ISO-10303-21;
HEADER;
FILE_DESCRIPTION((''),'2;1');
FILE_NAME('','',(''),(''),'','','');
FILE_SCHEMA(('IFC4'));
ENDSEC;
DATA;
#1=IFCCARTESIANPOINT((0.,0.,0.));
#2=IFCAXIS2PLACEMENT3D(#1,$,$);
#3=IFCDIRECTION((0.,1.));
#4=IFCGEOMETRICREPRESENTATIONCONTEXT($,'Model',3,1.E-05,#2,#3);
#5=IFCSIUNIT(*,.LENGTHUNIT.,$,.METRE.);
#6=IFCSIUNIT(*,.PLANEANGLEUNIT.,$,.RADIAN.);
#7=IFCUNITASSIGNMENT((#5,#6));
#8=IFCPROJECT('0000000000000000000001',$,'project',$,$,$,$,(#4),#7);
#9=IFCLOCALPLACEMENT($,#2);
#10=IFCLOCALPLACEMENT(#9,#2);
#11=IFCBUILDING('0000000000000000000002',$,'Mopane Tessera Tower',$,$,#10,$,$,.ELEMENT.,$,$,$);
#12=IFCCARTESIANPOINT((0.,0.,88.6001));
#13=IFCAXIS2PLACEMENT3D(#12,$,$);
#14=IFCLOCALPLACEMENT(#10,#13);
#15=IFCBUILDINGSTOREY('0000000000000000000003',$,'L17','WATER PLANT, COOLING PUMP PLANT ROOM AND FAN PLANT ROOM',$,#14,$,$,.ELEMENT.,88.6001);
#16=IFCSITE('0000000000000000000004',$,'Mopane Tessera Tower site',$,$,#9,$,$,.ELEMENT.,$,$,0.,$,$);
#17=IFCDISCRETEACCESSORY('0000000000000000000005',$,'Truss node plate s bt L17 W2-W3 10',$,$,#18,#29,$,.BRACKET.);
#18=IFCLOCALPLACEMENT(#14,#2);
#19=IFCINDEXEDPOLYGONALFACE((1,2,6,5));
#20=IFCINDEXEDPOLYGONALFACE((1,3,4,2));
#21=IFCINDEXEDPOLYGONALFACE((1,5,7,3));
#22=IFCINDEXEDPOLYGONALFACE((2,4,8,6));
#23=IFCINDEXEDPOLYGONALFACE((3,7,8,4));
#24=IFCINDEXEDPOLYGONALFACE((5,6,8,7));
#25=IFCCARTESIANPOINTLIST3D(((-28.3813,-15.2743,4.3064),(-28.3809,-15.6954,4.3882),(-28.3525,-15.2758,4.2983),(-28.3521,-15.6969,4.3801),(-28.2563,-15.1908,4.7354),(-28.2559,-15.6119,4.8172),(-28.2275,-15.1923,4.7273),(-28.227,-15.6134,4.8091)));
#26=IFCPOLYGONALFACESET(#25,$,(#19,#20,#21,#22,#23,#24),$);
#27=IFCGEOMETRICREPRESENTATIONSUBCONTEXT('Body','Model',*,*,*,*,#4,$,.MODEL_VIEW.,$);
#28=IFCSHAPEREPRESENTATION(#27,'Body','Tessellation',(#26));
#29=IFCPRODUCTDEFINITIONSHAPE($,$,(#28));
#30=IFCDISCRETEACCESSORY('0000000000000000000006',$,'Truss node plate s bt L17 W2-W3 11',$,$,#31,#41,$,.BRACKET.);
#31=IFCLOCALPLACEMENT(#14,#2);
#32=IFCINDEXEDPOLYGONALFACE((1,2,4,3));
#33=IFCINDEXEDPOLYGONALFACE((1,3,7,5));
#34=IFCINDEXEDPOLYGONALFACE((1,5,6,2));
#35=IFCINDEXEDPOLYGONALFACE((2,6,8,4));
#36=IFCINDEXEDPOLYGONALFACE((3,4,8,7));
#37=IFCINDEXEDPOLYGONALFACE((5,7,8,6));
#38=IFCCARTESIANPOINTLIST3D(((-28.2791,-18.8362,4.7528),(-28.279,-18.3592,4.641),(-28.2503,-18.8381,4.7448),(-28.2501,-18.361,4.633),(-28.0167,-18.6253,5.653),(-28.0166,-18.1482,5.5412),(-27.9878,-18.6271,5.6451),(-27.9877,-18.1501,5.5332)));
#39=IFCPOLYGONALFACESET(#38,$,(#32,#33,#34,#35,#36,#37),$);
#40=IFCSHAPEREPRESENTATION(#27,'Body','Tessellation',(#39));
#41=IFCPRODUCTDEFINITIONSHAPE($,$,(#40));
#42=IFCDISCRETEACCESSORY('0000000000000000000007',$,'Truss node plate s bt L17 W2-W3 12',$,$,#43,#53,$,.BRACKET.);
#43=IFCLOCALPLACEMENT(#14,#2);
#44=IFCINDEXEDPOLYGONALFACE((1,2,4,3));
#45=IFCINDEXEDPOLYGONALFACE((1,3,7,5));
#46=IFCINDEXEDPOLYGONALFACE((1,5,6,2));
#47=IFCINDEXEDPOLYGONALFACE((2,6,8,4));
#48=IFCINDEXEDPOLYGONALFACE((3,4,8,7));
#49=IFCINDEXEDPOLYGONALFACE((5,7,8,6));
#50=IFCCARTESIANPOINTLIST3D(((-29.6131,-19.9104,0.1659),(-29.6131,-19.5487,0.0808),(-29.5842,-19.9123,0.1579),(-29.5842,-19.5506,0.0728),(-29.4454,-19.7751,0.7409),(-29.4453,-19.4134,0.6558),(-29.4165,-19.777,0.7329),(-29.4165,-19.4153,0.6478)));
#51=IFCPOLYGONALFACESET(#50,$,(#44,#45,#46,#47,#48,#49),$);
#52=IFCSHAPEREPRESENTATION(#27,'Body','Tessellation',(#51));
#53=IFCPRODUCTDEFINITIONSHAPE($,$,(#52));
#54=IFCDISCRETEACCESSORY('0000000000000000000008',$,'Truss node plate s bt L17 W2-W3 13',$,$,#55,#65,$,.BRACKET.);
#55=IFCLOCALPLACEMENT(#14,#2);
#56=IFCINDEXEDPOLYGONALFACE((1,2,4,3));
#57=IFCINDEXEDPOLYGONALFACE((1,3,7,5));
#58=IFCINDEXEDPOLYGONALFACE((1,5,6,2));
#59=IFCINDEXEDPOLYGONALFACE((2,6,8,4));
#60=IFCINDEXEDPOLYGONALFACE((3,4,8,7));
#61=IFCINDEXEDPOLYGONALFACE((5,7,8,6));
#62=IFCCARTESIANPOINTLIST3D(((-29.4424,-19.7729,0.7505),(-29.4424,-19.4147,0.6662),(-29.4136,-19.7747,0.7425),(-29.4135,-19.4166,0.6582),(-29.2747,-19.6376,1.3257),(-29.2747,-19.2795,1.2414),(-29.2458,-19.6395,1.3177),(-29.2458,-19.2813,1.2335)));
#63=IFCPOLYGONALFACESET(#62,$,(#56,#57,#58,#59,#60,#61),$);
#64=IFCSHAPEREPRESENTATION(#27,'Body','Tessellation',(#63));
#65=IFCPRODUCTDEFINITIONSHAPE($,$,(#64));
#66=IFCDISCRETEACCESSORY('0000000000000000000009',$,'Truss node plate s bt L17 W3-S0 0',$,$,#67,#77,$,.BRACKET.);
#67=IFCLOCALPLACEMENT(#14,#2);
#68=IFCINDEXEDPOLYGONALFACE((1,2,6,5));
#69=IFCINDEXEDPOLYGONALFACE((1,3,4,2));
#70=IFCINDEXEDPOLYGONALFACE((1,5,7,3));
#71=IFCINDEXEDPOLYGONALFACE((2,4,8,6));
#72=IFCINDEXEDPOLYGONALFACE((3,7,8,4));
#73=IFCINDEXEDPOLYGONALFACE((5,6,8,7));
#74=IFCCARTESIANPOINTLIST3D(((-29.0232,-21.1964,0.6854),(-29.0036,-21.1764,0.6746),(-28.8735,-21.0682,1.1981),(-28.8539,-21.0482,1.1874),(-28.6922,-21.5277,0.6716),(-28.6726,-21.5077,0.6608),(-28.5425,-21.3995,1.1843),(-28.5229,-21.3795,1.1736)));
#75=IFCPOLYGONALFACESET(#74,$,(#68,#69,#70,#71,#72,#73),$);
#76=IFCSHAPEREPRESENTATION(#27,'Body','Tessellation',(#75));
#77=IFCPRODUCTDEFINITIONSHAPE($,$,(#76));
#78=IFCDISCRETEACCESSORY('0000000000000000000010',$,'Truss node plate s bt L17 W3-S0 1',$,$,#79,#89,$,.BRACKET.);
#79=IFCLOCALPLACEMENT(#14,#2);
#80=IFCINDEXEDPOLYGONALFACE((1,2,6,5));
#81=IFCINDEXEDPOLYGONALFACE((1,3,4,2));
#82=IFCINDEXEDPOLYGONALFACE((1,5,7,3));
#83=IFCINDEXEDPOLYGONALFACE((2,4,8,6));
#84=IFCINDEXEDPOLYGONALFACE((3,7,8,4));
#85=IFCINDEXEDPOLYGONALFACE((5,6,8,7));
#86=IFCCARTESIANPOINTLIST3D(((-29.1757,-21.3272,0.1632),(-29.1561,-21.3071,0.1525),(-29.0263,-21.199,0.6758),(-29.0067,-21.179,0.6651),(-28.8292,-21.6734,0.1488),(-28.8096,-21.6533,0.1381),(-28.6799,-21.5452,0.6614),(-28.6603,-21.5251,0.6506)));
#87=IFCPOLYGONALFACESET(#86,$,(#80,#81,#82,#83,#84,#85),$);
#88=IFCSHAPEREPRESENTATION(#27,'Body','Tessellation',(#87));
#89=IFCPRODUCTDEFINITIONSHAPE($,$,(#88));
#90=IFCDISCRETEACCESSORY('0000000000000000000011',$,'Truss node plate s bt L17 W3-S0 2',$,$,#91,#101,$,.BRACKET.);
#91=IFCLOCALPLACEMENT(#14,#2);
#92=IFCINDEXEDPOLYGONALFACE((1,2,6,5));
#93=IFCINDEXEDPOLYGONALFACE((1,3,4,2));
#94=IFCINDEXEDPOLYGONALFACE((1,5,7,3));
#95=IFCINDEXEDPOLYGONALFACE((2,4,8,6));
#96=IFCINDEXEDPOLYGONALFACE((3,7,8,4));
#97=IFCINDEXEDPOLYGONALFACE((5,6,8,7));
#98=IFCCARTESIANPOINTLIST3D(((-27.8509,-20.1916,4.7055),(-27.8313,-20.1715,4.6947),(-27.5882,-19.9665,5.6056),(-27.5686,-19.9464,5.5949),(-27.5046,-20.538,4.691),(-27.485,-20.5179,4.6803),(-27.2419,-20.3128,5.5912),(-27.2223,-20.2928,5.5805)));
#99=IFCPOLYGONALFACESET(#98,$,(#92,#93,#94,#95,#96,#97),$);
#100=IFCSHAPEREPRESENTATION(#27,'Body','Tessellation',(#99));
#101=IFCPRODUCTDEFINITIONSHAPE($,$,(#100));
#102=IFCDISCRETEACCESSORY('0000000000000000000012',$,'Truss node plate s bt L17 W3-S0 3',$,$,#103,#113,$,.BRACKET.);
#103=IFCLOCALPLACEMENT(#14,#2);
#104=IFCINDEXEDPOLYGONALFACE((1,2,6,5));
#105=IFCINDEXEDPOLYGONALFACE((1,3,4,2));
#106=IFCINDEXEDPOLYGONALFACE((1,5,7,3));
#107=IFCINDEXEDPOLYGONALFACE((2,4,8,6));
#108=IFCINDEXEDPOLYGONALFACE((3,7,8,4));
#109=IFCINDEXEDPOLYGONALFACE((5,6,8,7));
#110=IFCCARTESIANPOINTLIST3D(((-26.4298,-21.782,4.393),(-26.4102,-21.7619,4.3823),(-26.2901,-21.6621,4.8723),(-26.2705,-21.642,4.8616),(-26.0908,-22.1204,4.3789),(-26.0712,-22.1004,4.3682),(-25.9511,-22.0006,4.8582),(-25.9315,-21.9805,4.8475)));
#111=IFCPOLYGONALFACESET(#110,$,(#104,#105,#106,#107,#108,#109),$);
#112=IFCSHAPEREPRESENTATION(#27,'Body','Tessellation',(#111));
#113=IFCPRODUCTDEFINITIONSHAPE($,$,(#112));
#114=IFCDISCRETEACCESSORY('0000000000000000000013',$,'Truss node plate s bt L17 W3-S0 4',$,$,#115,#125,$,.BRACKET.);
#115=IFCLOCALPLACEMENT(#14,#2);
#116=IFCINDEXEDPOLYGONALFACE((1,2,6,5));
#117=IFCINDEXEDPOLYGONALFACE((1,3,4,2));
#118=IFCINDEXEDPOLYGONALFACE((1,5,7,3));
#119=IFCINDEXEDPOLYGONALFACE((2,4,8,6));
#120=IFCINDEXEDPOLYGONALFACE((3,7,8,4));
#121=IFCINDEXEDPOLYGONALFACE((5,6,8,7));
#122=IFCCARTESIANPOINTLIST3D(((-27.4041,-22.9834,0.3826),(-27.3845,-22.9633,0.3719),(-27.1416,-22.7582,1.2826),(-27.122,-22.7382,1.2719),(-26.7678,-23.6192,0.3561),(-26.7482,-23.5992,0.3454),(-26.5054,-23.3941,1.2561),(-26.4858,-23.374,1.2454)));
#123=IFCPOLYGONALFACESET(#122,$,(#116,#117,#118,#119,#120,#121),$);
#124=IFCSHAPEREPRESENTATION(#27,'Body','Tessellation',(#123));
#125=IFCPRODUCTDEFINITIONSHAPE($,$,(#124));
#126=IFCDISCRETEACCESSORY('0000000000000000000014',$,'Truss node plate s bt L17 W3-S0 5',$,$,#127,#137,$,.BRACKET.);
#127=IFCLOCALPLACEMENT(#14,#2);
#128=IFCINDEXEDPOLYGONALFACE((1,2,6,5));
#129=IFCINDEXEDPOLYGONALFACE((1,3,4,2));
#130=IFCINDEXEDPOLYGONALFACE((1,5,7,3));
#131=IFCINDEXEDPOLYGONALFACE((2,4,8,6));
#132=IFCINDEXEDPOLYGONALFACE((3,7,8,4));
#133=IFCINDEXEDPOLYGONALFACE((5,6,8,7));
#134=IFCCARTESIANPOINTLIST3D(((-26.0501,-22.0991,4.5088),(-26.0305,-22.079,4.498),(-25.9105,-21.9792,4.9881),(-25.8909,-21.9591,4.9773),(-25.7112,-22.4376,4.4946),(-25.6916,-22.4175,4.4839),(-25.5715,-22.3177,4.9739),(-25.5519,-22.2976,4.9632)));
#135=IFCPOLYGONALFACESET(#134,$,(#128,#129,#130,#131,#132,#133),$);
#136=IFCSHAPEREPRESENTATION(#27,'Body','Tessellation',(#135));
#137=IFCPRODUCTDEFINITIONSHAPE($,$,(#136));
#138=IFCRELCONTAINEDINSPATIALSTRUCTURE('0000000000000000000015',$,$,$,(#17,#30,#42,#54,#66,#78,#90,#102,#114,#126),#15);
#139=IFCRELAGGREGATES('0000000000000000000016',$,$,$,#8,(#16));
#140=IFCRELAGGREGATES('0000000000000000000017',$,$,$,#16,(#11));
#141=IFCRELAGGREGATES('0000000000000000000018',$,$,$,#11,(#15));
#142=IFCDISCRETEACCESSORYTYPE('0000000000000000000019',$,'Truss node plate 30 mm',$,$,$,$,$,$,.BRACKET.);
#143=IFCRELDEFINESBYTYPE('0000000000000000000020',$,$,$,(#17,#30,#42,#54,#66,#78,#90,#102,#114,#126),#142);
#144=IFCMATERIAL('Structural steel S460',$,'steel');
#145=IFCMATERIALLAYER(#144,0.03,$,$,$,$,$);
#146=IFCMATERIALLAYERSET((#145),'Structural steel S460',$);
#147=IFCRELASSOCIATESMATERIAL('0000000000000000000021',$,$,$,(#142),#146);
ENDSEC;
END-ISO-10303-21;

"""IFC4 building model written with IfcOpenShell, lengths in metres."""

from ifc_helpers import new_model, si_unit, direction, frame, origin, origin_2d, place, context, subcontext, project, spatial, rectangle, extrude, material, layer, layer_set, type_object, element, save


model = new_model("IFC4")

# Units and contexts
model_context = context("Model", 3, precision=1e-05, world=origin(), true_north=direction((0.0, 1.0)))
body_context = subcontext(model_context, "Body", "Model", "MODEL_VIEW")
ifc_project = project(units=[si_unit("LENGTHUNIT", "METRE"), si_unit("PLANEANGLEUNIT", "RADIAN")], contexts=[model_context])

# Site, building, storey
site_placement = place(None, origin())
site = spatial("IfcSite", under=ifc_project, at=site_placement, Name="Mopane Tessera Tower site", CompositionType="ELEMENT", RefElevation=0.0)
building_placement = place(site_placement, origin())
building = spatial("IfcBuilding", under=site, at=building_placement, Name="Mopane Tessera Tower", CompositionType="ELEMENT")
storey_placement = place(building_placement, frame((0.0, 0.0, 88.6001)))
storey = spatial("IfcBuildingStorey", under=building, at=storey_placement, Name="L17", Description="WATER PLANT, COOLING PUMP PLANT ROOM AND FAN PLANT ROOM", CompositionType="ELEMENT", Elevation=88.6001)

# Discrete accessories
ifc_material_1 = material(Name="Structural steel S460", Category="steel")
ifc_layer_1 = layer(ifc_material_1, 0.03)
ifc_layer_set_1 = layer_set([ifc_layer_1], Name="Structural steel S460")
discrete_accessory_type_1 = type_object("IfcDiscreteAccessoryType", Name="Truss node plate 30 mm", PredefinedType="BRACKET", material=ifc_layer_set_1)
discrete_accessory_1_placement = place(storey_placement, frame((-28.3667, -15.4856, 4.3433), z_axis=(0.275008, 0.183697, 0.94373), x_axis=(0.961441, -0.051558, -0.270134)))
element("IfcDiscreteAccessory", 1, at=discrete_accessory_1_placement, inside=storey, type_object=discrete_accessory_type_1, Name="Truss node plate s bt L17 W2-W3 10", PredefinedType="BRACKET", context=body_context, shape_type="SweptSolid", body=[
    extrude(rectangle(XDim=0.03, YDim=0.429, at=origin_2d()), origin(), (0.0, 0.0, 1.0), 0.4546),
])
discrete_accessory_2_placement = place(storey_placement, frame((-28.2646, -18.5986, 4.6929), z_axis=(0.273085, 0.219484, 0.936617), x_axis=(0.96199, -0.062533, -0.265829)))
element("IfcDiscreteAccessory", 2, at=discrete_accessory_2_placement, inside=storey, type_object=discrete_accessory_type_1, Name="Truss node plate s bt L17 W2-W3 11", PredefinedType="BRACKET", context=body_context, shape_type="SweptSolid", body=[
    extrude(rectangle(XDim=0.03, YDim=0.49, at=origin_2d()), origin(), (0.0, 0.0, 1.0), 0.9612),
])
discrete_accessory_3_placement = place(storey_placement, frame((-29.5986, -19.7305, 0.1194), z_axis=(0.273168, 0.220284, 0.936405), x_axis=(0.961966, -0.062588, -0.265901)))
element("IfcDiscreteAccessory", 3, at=discrete_accessory_3_placement, inside=storey, type_object=discrete_accessory_type_1, Name="Truss node plate s bt L17 W2-W3 12", PredefinedType="BRACKET", context=body_context, shape_type="SweptSolid", body=[
    extrude(rectangle(XDim=0.03, YDim=0.3716, at=origin_2d()), origin(), (0.0, 0.0, 1.0), 0.614),
])
discrete_accessory_4_placement = place(storey_placement, frame((-29.428, -19.5947, 0.7043), z_axis=(0.273066, 0.220202, 0.936454), x_axis=(0.961995, -0.062612, -0.265791)))
element("IfcDiscreteAccessory", 4, at=discrete_accessory_4_placement, inside=storey, type_object=discrete_accessory_type_1, Name="Truss node plate s bt L17 W2-W3 13", PredefinedType="BRACKET", context=body_context, shape_type="SweptSolid", body=[
    extrude(rectangle(XDim=0.03, YDim=0.3679, at=origin_2d()), origin(), (0.0, 0.0, 1.0), 0.6143),
])
discrete_accessory_5_placement = place(storey_placement, frame((-28.8479, -21.3521, 0.6731), z_axis=(0.272474, 0.233359, 0.933435), x_axis=(0.653146, 0.66751, -0.357534)))
element("IfcDiscreteAccessory", 5, at=discrete_accessory_5_placement, inside=storey, type_object=discrete_accessory_type_1, Name="Truss node plate s bt L17 W3-S0 0", PredefinedType="BRACKET", context=body_context, shape_type="SweptSolid", body=[
    extrude(rectangle(XDim=0.03, YDim=0.4685, at=origin_2d()), origin(), (0.0, 0.0, 1.0), 0.5493),
])
discrete_accessory_6_placement = place(storey_placement, frame((-28.9927, -21.4902, 0.1506), z_axis=(0.272063, 0.233387, 0.933548), x_axis=(0.652692, 0.66811, -0.357241)))
element("IfcDiscreteAccessory", 6, at=discrete_accessory_6_placement, inside=storey, type_object=discrete_accessory_type_1, Name="Truss node plate s bt L17 W3-S0 1", PredefinedType="BRACKET", context=body_context, shape_type="SweptSolid", body=[
    extrude(rectangle(XDim=0.03, YDim=0.49, at=origin_2d()), origin(), (0.0, 0.0, 1.0), 0.5491),
])
discrete_accessory_7_placement = place(storey_placement, frame((-27.668, -20.3547, 4.6929), z_axis=(0.272411, 0.233423, 0.933438), x_axis=(0.652981, 0.667675, -0.357527)))
element("IfcDiscreteAccessory", 7, at=discrete_accessory_7_placement, inside=storey, type_object=discrete_accessory_type_1, Name="Truss node plate s bt L17 W3-S0 2", PredefinedType="BRACKET", context=body_context, shape_type="SweptSolid", body=[
    extrude(rectangle(XDim=0.03, YDim=0.49, at=origin_2d()), origin(), (0.0, 0.0, 1.0), 0.9644),
])
discrete_accessory_8_placement = place(storey_placement, frame((-26.2505, -21.9412, 4.3806), z_axis=(0.272022, 0.233502, 0.933531), x_axis=(0.652469, 0.668306, -0.357285)))
element("IfcDiscreteAccessory", 8, at=discrete_accessory_8_placement, inside=storey, type_object=discrete_accessory_type_1, Name="Truss node plate s bt L17 W3-S0 3", PredefinedType="BRACKET", context=body_context, shape_type="SweptSolid", body=[
    extrude(rectangle(XDim=0.03, YDim=0.4792, at=origin_2d()), origin(), (0.0, 0.0, 1.0), 0.5134),
])
discrete_accessory_9_placement = place(storey_placement, frame((-27.0762, -23.2913, 0.364), z_axis=(0.272241, 0.233494, 0.93347), x_axis=(0.652698, 0.667996, -0.357445)))
element("IfcDiscreteAccessory", 9, at=discrete_accessory_9_placement, inside=storey, type_object=discrete_accessory_type_1, Name="Truss node plate s bt L17 W3-S0 4", PredefinedType="BRACKET", context=body_context, shape_type="SweptSolid", body=[
    extrude(rectangle(XDim=0.03, YDim=0.8999, at=origin_2d()), origin(), (0.0, 0.0, 1.0), 0.9641),
])
discrete_accessory_10_placement = place(storey_placement, frame((-25.8708, -22.2583, 4.4963), z_axis=(0.272022, 0.233502, 0.933531), x_axis=(0.652469, 0.668306, -0.357285)))
element("IfcDiscreteAccessory", 10, at=discrete_accessory_10_placement, inside=storey, type_object=discrete_accessory_type_1, Name="Truss node plate s bt L17 W3-S0 5", PredefinedType="BRACKET", context=body_context, shape_type="SweptSolid", body=[
    extrude(rectangle(XDim=0.03, YDim=0.4792, at=origin_2d()), origin(), (0.0, 0.0, 1.0), 0.5134),
])

save(model, "model.ifc")
